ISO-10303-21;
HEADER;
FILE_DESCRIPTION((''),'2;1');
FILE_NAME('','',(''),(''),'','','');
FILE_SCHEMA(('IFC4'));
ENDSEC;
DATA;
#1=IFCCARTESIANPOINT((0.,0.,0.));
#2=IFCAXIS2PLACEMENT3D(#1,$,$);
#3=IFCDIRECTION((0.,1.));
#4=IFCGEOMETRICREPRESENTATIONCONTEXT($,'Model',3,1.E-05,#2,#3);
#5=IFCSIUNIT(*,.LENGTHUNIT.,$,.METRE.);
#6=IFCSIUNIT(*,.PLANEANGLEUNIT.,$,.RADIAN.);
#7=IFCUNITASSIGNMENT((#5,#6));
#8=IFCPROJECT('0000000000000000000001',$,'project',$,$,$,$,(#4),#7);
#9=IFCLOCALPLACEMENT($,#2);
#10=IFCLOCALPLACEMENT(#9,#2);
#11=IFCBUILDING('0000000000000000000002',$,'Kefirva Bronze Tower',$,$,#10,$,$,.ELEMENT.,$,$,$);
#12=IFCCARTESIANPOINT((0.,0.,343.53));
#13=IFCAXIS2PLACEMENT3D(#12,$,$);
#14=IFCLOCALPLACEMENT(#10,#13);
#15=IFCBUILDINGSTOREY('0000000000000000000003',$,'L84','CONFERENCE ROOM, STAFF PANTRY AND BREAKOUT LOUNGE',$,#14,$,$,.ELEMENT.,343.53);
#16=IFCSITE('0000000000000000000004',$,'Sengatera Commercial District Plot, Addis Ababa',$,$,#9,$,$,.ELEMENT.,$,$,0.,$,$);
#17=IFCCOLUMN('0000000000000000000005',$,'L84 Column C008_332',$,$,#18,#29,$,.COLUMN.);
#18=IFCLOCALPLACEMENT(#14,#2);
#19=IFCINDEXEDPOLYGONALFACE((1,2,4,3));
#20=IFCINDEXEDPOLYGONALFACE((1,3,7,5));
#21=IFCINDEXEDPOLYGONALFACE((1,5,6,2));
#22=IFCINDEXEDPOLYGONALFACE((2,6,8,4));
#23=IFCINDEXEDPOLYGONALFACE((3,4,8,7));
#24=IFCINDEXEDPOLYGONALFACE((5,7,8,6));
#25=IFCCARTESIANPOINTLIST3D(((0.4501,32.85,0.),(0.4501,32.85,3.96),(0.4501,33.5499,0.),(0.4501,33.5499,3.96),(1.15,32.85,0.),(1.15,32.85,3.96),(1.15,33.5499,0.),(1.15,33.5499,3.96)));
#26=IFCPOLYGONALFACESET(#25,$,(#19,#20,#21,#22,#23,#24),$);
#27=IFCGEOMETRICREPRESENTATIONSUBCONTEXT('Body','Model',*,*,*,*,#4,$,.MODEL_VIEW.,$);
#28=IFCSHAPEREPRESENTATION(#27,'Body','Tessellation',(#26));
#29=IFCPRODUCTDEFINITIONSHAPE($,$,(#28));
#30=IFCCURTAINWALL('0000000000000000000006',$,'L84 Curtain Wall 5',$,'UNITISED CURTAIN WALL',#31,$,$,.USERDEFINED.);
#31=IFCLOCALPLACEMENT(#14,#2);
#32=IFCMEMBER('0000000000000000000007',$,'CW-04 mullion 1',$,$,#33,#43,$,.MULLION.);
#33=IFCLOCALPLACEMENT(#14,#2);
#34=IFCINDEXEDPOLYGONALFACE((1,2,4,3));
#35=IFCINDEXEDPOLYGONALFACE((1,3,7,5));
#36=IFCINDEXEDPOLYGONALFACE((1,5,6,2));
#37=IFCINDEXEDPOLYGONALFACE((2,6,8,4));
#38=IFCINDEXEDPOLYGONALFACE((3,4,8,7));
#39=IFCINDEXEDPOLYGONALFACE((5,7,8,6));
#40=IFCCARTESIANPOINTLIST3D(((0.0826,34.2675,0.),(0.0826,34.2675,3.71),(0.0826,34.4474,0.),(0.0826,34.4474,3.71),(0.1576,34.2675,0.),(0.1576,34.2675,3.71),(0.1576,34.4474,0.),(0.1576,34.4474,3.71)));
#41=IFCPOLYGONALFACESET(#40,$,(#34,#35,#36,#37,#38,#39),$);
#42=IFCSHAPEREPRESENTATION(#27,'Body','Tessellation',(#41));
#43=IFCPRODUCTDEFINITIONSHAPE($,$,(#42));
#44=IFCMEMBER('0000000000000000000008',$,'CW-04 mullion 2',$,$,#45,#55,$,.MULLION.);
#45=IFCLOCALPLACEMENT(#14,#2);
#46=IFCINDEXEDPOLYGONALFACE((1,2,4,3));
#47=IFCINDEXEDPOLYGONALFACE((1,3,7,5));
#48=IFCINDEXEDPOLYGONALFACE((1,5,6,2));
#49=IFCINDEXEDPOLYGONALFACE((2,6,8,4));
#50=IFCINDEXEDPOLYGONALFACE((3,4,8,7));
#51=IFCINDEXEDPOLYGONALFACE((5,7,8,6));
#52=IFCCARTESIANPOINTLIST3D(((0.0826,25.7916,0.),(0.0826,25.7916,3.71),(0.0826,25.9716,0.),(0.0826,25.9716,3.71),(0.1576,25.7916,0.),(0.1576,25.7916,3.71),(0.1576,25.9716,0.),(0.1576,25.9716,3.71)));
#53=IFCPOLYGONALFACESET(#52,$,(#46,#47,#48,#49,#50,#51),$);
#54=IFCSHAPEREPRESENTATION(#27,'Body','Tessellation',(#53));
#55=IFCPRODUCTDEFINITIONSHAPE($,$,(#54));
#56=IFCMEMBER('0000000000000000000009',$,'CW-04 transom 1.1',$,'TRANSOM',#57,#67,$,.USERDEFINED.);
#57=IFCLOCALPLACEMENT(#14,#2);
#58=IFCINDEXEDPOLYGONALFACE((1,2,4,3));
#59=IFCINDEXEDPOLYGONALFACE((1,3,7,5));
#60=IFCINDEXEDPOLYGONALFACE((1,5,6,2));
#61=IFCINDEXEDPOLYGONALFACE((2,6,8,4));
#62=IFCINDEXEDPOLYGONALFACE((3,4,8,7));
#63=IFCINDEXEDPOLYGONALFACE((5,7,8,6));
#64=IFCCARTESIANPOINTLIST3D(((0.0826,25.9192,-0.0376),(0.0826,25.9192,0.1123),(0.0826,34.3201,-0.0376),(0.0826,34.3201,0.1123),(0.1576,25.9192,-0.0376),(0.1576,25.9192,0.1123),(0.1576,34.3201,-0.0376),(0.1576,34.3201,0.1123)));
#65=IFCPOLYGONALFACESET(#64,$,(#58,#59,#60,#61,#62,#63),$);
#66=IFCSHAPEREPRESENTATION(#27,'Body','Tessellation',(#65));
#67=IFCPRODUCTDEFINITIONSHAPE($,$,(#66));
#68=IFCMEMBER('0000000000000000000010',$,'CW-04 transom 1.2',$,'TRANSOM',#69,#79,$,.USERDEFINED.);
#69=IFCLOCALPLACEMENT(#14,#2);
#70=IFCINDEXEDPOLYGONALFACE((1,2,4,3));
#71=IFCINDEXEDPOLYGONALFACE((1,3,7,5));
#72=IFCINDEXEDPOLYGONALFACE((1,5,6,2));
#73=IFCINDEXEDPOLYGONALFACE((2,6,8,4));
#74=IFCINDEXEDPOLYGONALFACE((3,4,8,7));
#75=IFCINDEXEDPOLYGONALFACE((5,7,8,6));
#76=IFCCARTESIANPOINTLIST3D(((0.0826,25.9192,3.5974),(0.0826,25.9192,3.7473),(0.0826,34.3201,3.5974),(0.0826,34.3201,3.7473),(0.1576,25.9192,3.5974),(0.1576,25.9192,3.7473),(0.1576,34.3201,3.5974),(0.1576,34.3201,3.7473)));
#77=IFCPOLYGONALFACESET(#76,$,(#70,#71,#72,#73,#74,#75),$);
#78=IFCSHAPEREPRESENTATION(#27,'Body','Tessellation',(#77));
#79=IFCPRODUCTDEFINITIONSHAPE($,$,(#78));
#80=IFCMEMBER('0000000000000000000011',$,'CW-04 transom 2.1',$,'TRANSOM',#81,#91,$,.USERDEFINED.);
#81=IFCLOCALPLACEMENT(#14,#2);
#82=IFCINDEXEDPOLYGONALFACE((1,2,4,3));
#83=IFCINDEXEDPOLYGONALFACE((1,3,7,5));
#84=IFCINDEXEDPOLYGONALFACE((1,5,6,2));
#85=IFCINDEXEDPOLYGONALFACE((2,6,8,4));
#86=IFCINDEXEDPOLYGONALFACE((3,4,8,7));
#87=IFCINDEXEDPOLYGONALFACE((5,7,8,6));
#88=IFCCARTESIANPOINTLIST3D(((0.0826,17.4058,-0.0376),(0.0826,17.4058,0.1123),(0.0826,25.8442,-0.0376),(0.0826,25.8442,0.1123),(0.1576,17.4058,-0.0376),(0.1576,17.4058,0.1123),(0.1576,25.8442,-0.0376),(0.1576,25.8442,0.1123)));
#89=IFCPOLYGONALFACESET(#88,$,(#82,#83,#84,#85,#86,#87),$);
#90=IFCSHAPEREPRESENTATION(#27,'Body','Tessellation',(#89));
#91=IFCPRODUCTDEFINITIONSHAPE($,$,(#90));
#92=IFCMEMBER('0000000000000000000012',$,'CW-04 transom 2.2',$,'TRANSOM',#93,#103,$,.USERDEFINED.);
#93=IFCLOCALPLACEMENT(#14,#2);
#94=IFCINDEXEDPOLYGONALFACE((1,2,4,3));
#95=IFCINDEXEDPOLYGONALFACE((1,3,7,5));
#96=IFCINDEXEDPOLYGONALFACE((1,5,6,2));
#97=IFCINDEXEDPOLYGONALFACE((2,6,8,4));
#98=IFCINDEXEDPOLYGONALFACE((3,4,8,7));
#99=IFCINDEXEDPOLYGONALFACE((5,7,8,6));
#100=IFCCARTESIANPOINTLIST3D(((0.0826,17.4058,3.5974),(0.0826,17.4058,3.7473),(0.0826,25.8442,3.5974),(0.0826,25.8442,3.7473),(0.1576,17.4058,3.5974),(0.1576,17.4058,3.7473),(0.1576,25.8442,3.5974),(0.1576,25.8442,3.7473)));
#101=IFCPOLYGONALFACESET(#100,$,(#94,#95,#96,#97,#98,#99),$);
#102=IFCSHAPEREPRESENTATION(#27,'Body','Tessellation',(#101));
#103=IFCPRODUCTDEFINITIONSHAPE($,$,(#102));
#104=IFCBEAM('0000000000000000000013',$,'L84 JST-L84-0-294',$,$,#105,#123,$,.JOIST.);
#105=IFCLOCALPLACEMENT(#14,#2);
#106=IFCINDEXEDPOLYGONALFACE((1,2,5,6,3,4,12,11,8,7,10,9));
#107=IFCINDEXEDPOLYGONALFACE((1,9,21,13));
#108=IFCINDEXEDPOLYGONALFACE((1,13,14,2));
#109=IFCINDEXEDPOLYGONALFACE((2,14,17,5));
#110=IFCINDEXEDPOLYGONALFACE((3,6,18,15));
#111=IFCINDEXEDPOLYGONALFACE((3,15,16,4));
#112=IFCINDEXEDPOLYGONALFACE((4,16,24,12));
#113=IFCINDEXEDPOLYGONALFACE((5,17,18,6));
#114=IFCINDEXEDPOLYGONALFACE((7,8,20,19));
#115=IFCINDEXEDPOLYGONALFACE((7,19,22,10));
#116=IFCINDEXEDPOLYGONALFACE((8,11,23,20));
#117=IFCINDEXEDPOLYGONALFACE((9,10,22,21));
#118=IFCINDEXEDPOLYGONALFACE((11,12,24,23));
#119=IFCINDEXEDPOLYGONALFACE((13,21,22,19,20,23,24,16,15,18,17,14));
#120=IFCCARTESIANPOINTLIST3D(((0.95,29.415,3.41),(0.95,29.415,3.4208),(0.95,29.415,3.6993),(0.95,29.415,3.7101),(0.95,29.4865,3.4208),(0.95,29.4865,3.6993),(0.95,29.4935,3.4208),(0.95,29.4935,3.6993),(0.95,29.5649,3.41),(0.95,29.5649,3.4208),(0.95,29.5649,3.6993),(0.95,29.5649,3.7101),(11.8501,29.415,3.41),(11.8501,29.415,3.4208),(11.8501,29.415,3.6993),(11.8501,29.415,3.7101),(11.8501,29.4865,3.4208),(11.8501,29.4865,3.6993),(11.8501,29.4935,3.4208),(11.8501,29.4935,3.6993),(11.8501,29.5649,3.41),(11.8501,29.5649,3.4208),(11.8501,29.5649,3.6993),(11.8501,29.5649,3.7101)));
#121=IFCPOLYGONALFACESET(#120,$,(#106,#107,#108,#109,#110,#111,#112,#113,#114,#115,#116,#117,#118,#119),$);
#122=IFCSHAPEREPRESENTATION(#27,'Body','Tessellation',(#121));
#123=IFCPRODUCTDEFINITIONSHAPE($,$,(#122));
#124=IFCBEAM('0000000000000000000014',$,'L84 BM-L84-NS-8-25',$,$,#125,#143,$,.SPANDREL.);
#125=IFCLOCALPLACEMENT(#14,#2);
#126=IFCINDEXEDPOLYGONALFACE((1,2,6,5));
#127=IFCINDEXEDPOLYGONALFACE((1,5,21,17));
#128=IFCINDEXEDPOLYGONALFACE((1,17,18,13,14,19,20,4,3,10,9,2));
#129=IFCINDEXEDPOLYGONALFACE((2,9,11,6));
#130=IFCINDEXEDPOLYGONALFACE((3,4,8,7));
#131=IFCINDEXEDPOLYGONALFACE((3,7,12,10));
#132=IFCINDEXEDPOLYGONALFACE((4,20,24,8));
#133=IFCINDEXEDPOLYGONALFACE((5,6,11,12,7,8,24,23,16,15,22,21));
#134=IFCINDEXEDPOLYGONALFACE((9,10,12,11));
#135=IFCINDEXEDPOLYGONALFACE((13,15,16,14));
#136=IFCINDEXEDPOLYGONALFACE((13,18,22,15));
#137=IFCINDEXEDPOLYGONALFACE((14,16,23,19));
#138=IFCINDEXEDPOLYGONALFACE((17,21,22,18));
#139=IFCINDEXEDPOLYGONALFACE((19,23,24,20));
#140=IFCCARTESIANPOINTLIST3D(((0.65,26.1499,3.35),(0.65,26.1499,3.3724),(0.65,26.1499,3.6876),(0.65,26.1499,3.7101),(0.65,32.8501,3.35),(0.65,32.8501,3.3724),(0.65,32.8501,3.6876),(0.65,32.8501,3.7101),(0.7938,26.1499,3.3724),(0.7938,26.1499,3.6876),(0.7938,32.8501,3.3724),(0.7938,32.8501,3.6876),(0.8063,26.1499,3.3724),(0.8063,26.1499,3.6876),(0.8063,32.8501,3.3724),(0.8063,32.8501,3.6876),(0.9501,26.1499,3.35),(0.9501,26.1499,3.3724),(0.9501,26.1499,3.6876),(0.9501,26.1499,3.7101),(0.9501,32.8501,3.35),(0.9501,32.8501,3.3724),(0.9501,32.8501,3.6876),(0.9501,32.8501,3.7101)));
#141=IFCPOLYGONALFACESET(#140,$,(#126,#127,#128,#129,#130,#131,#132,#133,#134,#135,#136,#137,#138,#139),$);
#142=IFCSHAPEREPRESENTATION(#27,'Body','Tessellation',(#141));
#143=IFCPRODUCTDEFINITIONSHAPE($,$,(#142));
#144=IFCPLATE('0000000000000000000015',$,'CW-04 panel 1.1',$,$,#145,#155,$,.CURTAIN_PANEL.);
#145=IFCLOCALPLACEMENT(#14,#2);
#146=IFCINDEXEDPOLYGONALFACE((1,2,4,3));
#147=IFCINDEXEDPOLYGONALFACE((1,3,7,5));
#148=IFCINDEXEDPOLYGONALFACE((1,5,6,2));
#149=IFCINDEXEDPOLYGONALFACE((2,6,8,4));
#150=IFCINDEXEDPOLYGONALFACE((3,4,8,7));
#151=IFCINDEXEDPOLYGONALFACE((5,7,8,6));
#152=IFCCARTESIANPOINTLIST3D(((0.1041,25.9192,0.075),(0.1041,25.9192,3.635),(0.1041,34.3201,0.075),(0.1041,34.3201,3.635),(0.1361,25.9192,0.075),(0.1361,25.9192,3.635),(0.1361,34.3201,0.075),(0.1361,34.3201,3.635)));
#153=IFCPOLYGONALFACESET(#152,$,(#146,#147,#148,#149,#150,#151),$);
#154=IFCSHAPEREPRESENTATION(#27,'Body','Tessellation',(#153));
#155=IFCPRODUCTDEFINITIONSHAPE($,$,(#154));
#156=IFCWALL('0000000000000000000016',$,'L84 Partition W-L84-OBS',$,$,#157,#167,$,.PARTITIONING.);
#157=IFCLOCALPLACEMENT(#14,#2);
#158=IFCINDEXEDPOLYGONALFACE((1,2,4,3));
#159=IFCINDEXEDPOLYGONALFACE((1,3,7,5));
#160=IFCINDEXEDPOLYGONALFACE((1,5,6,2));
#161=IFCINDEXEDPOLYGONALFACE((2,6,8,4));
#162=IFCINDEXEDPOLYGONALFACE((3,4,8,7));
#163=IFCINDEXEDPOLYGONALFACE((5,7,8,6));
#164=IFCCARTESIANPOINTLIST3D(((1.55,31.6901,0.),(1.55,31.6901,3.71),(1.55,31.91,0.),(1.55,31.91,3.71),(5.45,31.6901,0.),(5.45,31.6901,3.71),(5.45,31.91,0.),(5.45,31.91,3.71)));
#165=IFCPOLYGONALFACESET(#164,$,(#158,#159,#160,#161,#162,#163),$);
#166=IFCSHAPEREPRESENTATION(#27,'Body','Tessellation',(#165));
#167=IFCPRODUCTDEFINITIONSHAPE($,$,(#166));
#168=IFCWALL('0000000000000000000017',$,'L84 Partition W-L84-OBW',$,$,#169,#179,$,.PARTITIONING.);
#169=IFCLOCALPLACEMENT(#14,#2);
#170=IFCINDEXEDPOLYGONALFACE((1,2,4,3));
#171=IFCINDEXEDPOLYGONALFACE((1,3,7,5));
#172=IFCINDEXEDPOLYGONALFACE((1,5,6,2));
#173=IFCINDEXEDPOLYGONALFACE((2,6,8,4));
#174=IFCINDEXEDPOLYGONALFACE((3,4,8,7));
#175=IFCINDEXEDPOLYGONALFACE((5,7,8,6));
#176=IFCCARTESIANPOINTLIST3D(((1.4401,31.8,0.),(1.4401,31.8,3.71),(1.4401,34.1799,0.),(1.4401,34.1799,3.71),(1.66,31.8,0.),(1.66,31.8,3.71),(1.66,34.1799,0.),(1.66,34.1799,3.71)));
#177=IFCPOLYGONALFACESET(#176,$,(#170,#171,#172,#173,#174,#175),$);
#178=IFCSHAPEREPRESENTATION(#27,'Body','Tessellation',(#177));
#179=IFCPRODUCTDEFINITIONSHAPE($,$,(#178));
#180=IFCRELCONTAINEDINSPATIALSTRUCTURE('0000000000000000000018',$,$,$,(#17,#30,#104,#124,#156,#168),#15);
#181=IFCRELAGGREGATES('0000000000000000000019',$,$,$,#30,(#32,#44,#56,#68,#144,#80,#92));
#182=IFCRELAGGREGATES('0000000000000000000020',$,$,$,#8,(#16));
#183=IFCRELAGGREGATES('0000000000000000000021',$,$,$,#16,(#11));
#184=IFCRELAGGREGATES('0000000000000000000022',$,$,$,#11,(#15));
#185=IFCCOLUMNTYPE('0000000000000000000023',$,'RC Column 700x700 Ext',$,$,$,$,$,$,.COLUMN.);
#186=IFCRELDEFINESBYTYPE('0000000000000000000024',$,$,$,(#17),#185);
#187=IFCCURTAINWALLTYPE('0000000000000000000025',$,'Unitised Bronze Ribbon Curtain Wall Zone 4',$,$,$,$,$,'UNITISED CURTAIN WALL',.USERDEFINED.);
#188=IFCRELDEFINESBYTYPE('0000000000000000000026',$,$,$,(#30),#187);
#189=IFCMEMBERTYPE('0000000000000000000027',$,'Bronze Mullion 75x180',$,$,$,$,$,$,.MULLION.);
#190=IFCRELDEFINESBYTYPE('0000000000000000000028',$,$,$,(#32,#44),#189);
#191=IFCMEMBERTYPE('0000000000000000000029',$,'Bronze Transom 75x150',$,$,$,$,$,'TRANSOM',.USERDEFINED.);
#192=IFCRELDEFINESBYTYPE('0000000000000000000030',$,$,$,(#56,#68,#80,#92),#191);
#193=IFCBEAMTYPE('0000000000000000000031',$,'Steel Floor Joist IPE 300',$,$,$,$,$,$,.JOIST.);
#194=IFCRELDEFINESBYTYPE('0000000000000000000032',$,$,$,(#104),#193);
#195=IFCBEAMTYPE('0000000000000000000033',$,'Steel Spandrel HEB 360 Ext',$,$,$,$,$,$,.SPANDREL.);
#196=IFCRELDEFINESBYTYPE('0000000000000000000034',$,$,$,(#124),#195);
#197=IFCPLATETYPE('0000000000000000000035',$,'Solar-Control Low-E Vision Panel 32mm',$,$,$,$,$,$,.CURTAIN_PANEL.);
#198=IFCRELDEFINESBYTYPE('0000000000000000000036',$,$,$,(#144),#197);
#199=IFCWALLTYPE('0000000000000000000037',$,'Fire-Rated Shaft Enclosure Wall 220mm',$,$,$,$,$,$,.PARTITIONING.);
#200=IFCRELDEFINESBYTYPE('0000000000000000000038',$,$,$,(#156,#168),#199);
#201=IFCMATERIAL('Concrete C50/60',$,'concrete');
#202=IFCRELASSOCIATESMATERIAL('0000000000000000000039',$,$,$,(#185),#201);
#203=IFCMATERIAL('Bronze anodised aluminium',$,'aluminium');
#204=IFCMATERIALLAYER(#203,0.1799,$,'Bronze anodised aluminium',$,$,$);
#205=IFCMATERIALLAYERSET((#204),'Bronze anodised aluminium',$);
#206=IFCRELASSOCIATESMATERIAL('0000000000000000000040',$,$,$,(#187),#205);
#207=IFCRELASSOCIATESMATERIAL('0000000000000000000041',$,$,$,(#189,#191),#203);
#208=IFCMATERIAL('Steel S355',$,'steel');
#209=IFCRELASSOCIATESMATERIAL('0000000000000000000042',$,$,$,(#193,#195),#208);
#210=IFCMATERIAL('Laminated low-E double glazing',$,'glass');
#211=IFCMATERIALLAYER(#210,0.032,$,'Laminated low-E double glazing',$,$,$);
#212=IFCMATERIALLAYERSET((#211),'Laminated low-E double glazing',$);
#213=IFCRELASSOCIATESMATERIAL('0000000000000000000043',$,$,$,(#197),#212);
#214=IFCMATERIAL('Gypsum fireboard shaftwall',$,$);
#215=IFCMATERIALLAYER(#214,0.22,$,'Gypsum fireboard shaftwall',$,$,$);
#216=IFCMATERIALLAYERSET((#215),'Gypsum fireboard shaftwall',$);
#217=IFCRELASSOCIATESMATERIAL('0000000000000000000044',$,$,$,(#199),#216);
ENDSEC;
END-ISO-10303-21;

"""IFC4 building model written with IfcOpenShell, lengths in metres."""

from ifc_helpers import new_model, si_unit, direction, frame, frame_2d, origin, origin_2d, place, context, subcontext, project, spatial, rectangle, i_section, extrude, material, layer, layer_set, material_profile, profile_set, type_object, element, aggregate, save


model = new_model("IFC4")

# Units and contexts
model_context = context("Model", 3, precision=1e-05, world=origin(), true_north=direction((0.0, 1.0)))
body_context = subcontext(model_context, "Body", "Model", "MODEL_VIEW")
ifc_project = project(units=[si_unit("LENGTHUNIT", "METRE"), si_unit("PLANEANGLEUNIT", "RADIAN")], contexts=[model_context])

# Site, building, storey
site_placement = place(None, origin())
site = spatial("IfcSite", under=ifc_project, at=site_placement, Name="Sengatera Commercial District Plot, Addis Ababa", CompositionType="ELEMENT", RefElevation=0.0)
building_placement = place(site_placement, origin())
building = spatial("IfcBuilding", under=site, at=building_placement, Name="Kefirva Bronze Tower", CompositionType="ELEMENT")
storey_placement = place(building_placement, frame((0.0, 0.0, 343.53)))
storey = spatial("IfcBuildingStorey", under=building, at=storey_placement, Name="L84", Description="CONFERENCE ROOM, STAFF PANTRY AND BREAKOUT LOUNGE", CompositionType="ELEMENT", Elevation=343.53)

# Column
ifc_material_1 = material(Name="Concrete C50/60", Category="concrete")
ifc_material_profile_1 = material_profile(ifc_material_1, rectangle(XDim=0.7, YDim=0.7, at=origin_2d()), Name="RC 700x700")
ifc_profile_set_1 = profile_set([ifc_material_profile_1], Name="Concrete C50/60")
column_type = type_object("IfcColumnType", Name="RC Column 700x700 Ext", PredefinedType="COLUMN", material=ifc_profile_set_1)
column_placement = place(storey_placement, frame((0.8, 33.2, 0.0), z_axis=(0.0, 0.0, 1.0), x_axis=(1.0, 0.0, 0.0)))
element("IfcColumn", 1, at=column_placement, inside=storey, type_object=column_type, Name="L84 Column C008_332", PredefinedType="COLUMN", context=body_context, shape_type="SweptSolid", body=[
    extrude(rectangle(XDim=0.7, YDim=0.7, at=origin_2d()), origin(), (0.0, 0.0, 1.0), 3.96),
])

# Curtain wall, members
ifc_material_2 = material(Name="Bronze anodised aluminium", Category="aluminium")
ifc_layer_1 = layer(ifc_material_2, 0.1799, Name="Bronze anodised aluminium")
ifc_layer_set_1 = layer_set([ifc_layer_1], Name="Bronze anodised aluminium")
curtain_wall_type = type_object("IfcCurtainWallType", Name="Unitised Bronze Ribbon Curtain Wall Zone 4", ElementType="UNITISED CURTAIN WALL", PredefinedType="USERDEFINED", material=ifc_layer_set_1)
curtain_wall_placement = place(storey_placement, origin())
curtain_wall = element("IfcCurtainWall", 2, at=curtain_wall_placement, inside=storey, type_object=curtain_wall_type, Name="L84 Curtain Wall 5", ObjectType="UNITISED CURTAIN WALL", PredefinedType="USERDEFINED")
ifc_material_profile_2 = material_profile(ifc_material_2, rectangle(XDim=0.075, YDim=0.1799, at=origin_2d()), Name="ALU 75x180")
ifc_profile_set_2 = profile_set([ifc_material_profile_2], Name="Bronze anodised aluminium")
member_type_1 = type_object("IfcMemberType", Name="Bronze Mullion 75x180", PredefinedType="MULLION", material=ifc_profile_set_2)
member_1_placement = place(storey_placement, frame((0.1201, 34.3574, 0.0), z_axis=(0.0, 0.0, 1.0), x_axis=(1.0, 0.0, 0.0)))
member_1 = element("IfcMember", 3, at=member_1_placement, type_object=member_type_1, Name="CW-04 mullion 1", PredefinedType="MULLION", context=body_context, shape_type="SweptSolid", body=[
    extrude(rectangle(XDim=0.075, YDim=0.1799, at=origin_2d()), origin(), (0.0, 0.0, 1.0), 3.71),
])
member_2_placement = place(storey_placement, frame((0.1201, 25.8816, 0.0), z_axis=(0.0, 0.0, 1.0), x_axis=(1.0, 0.0, 0.0)))
member_2 = element("IfcMember", 4, at=member_2_placement, type_object=member_type_1, Name="CW-04 mullion 2", PredefinedType="MULLION", context=body_context, shape_type="SweptSolid", body=[
    extrude(rectangle(XDim=0.075, YDim=0.1799, at=origin_2d()), origin(), (0.0, 0.0, 1.0), 3.71),
])
ifc_material_profile_3 = material_profile(ifc_material_2, rectangle(XDim=0.075, YDim=0.1499, at=origin_2d()), Name="ALU 75x150")
ifc_profile_set_3 = profile_set([ifc_material_profile_3], Name="Bronze anodised aluminium")
member_type_2 = type_object("IfcMemberType", Name="Bronze Transom 75x150", ElementType="TRANSOM", PredefinedType="USERDEFINED", material=ifc_profile_set_3)
member_3_placement = place(storey_placement, frame((0.1201, 34.3201, 0.0374), z_axis=(0.0, -1.0, 0.0), x_axis=(1.0, 0.0, 0.0)))
member_3 = element("IfcMember", 5, at=member_3_placement, type_object=member_type_2, Name="CW-04 transom 1.1", ObjectType="TRANSOM", PredefinedType="USERDEFINED", context=body_context, shape_type="SweptSolid", body=[
    extrude(rectangle(XDim=0.075, YDim=0.1499, at=origin_2d()), origin(), (0.0, 0.0, 1.0), 8.4009),
])
member_4_placement = place(storey_placement, frame((0.1201, 34.3201, 3.6724), z_axis=(0.0, -1.0, 0.0), x_axis=(1.0, 0.0, 0.0)))
member_4 = element("IfcMember", 6, at=member_4_placement, type_object=member_type_2, Name="CW-04 transom 1.2", ObjectType="TRANSOM", PredefinedType="USERDEFINED", context=body_context, shape_type="SweptSolid", body=[
    extrude(rectangle(XDim=0.075, YDim=0.1499, at=origin_2d()), origin(), (0.0, 0.0, 1.0), 8.4009),
])
member_5_placement = place(storey_placement, frame((0.1201, 25.8442, 0.0374), z_axis=(0.0, -1.0, 0.0), x_axis=(1.0, 0.0, 0.0)))
member_5 = element("IfcMember", 7, at=member_5_placement, type_object=member_type_2, Name="CW-04 transom 2.1", ObjectType="TRANSOM", PredefinedType="USERDEFINED", context=body_context, shape_type="SweptSolid", body=[
    extrude(rectangle(XDim=0.075, YDim=0.1499, at=origin_2d()), origin(), (0.0, 0.0, 1.0), 8.4385),
])
member_6_placement = place(storey_placement, frame((0.1201, 25.8442, 3.6724), z_axis=(0.0, -1.0, 0.0), x_axis=(1.0, 0.0, 0.0)))
member_6 = element("IfcMember", 8, at=member_6_placement, type_object=member_type_2, Name="CW-04 transom 2.2", ObjectType="TRANSOM", PredefinedType="USERDEFINED", context=body_context, shape_type="SweptSolid", body=[
    extrude(rectangle(XDim=0.075, YDim=0.1499, at=origin_2d()), origin(), (0.0, 0.0, 1.0), 8.4385),
])

# Beams
ifc_material_3 = material(Name="Steel S355", Category="steel")
ifc_material_profile_4 = material_profile(ifc_material_3, i_section(OverallWidth=0.1499, OverallDepth=0.3, WebThickness=0.0071, FlangeThickness=0.0107, at=origin_2d()), Name="IPE 300")
ifc_profile_set_4 = profile_set([ifc_material_profile_4], Name="Steel S355")
beam_type_1 = type_object("IfcBeamType", Name="Steel Floor Joist IPE 300", PredefinedType="JOIST", material=ifc_profile_set_4)
beam_1_placement = place(storey_placement, frame((0.95, 29.49, 3.5601), z_axis=(1.0, 0.0, 0.0), x_axis=(0.0, 1.0, 0.0)))
element("IfcBeam", 9, at=beam_1_placement, inside=storey, type_object=beam_type_1, Name="L84 JST-L84-0-294", PredefinedType="JOIST", context=body_context, shape_type="SweptSolid", body=[
    extrude(i_section(OverallWidth=0.1499, OverallDepth=0.3, WebThickness=0.0071, FlangeThickness=0.0107, at=origin_2d()), origin(), (0.0, 0.0, 1.0), 10.9001),
])
ifc_material_profile_5 = material_profile(ifc_material_3, i_section(OverallWidth=0.3, OverallDepth=0.3601, WebThickness=0.0125, FlangeThickness=0.0225, at=origin_2d()), Name="HEB 360")
ifc_profile_set_5 = profile_set([ifc_material_profile_5], Name="Steel S355")
beam_type_2 = type_object("IfcBeamType", Name="Steel Spandrel HEB 360 Ext", PredefinedType="SPANDREL", material=ifc_profile_set_5)
beam_2_placement = place(storey_placement, frame((0.8, 26.1499, 3.53), z_axis=(0.0, 1.0, 0.0), x_axis=(-1.0, 0.0, 0.0)))
element("IfcBeam", 10, at=beam_2_placement, inside=storey, type_object=beam_type_2, Name="L84 BM-L84-NS-8-25", PredefinedType="SPANDREL", context=body_context, shape_type="SweptSolid", body=[
    extrude(i_section(OverallWidth=0.3, OverallDepth=0.3601, WebThickness=0.0125, FlangeThickness=0.0225, at=origin_2d()), origin(), (0.0, 0.0, 1.0), 6.7002),
])

# Plate
ifc_material_4 = material(Name="Laminated low-E double glazing", Category="glass")
ifc_layer_2 = layer(ifc_material_4, 0.032, Name="Laminated low-E double glazing")
ifc_layer_set_2 = layer_set([ifc_layer_2], Name="Laminated low-E double glazing")
plate_type = type_object("IfcPlateType", Name="Solar-Control Low-E Vision Panel 32mm", PredefinedType="CURTAIN_PANEL", material=ifc_layer_set_2)
plate_placement = place(storey_placement, frame((0.1201, 30.1196, 0.075), z_axis=(0.0, 0.0, 1.0), x_axis=(0.0, -1.0, 0.0)))
plate = element("IfcPlate", 11, at=plate_placement, type_object=plate_type, Name="CW-04 panel 1.1", PredefinedType="CURTAIN_PANEL", context=body_context, shape_type="SweptSolid", body=[
    extrude(rectangle(XDim=8.4009, YDim=0.032, at=origin_2d()), origin(), (0.0, 0.0, 1.0), 3.5601),
])
aggregate(curtain_wall, [member_1, member_2, member_3, member_4, plate, member_5, member_6])

# Shared definitions
ifc_material_5 = material(Name="Gypsum fireboard shaftwall")
ifc_layer_3 = layer(ifc_material_5, 0.22, Name="Gypsum fireboard shaftwall")
ifc_layer_set_3 = layer_set([ifc_layer_3], Name="Gypsum fireboard shaftwall")
wall_type_1 = type_object("IfcWallType", Name="Fire-Rated Shaft Enclosure Wall 220mm", PredefinedType="PARTITIONING", material=ifc_layer_set_3)

# Walls
wall_1_placement = place(storey_placement, frame((1.55, 31.8, 0.0), z_axis=(0.0, 0.0, 1.0), x_axis=(1.0, 0.0, 0.0)))
element("IfcWall", 12, at=wall_1_placement, inside=storey, type_object=wall_type_1, Name="L84 Partition W-L84-OBS", PredefinedType="PARTITIONING", context=body_context, shape_type="SweptSolid", body=[
    extrude(rectangle(XDim=3.8999, YDim=0.22, at=frame_2d((1.95, 0.0))), origin(), (0.0, 0.0, 1.0), 3.71),
])
wall_2_placement = place(storey_placement, frame((1.55, 31.8, 0.0), z_axis=(0.0, 0.0, 1.0), x_axis=(0.0, 1.0, 0.0)))
element("IfcWall", 13, at=wall_2_placement, inside=storey, type_object=wall_type_1, Name="L84 Partition W-L84-OBW", PredefinedType="PARTITIONING", context=body_context, shape_type="SweptSolid", body=[
    extrude(rectangle(XDim=2.3799, YDim=0.22, at=frame_2d((1.1899, 0.0))), origin(), (0.0, 0.0, 1.0), 3.71),
])

save(model, "model.ifc")
